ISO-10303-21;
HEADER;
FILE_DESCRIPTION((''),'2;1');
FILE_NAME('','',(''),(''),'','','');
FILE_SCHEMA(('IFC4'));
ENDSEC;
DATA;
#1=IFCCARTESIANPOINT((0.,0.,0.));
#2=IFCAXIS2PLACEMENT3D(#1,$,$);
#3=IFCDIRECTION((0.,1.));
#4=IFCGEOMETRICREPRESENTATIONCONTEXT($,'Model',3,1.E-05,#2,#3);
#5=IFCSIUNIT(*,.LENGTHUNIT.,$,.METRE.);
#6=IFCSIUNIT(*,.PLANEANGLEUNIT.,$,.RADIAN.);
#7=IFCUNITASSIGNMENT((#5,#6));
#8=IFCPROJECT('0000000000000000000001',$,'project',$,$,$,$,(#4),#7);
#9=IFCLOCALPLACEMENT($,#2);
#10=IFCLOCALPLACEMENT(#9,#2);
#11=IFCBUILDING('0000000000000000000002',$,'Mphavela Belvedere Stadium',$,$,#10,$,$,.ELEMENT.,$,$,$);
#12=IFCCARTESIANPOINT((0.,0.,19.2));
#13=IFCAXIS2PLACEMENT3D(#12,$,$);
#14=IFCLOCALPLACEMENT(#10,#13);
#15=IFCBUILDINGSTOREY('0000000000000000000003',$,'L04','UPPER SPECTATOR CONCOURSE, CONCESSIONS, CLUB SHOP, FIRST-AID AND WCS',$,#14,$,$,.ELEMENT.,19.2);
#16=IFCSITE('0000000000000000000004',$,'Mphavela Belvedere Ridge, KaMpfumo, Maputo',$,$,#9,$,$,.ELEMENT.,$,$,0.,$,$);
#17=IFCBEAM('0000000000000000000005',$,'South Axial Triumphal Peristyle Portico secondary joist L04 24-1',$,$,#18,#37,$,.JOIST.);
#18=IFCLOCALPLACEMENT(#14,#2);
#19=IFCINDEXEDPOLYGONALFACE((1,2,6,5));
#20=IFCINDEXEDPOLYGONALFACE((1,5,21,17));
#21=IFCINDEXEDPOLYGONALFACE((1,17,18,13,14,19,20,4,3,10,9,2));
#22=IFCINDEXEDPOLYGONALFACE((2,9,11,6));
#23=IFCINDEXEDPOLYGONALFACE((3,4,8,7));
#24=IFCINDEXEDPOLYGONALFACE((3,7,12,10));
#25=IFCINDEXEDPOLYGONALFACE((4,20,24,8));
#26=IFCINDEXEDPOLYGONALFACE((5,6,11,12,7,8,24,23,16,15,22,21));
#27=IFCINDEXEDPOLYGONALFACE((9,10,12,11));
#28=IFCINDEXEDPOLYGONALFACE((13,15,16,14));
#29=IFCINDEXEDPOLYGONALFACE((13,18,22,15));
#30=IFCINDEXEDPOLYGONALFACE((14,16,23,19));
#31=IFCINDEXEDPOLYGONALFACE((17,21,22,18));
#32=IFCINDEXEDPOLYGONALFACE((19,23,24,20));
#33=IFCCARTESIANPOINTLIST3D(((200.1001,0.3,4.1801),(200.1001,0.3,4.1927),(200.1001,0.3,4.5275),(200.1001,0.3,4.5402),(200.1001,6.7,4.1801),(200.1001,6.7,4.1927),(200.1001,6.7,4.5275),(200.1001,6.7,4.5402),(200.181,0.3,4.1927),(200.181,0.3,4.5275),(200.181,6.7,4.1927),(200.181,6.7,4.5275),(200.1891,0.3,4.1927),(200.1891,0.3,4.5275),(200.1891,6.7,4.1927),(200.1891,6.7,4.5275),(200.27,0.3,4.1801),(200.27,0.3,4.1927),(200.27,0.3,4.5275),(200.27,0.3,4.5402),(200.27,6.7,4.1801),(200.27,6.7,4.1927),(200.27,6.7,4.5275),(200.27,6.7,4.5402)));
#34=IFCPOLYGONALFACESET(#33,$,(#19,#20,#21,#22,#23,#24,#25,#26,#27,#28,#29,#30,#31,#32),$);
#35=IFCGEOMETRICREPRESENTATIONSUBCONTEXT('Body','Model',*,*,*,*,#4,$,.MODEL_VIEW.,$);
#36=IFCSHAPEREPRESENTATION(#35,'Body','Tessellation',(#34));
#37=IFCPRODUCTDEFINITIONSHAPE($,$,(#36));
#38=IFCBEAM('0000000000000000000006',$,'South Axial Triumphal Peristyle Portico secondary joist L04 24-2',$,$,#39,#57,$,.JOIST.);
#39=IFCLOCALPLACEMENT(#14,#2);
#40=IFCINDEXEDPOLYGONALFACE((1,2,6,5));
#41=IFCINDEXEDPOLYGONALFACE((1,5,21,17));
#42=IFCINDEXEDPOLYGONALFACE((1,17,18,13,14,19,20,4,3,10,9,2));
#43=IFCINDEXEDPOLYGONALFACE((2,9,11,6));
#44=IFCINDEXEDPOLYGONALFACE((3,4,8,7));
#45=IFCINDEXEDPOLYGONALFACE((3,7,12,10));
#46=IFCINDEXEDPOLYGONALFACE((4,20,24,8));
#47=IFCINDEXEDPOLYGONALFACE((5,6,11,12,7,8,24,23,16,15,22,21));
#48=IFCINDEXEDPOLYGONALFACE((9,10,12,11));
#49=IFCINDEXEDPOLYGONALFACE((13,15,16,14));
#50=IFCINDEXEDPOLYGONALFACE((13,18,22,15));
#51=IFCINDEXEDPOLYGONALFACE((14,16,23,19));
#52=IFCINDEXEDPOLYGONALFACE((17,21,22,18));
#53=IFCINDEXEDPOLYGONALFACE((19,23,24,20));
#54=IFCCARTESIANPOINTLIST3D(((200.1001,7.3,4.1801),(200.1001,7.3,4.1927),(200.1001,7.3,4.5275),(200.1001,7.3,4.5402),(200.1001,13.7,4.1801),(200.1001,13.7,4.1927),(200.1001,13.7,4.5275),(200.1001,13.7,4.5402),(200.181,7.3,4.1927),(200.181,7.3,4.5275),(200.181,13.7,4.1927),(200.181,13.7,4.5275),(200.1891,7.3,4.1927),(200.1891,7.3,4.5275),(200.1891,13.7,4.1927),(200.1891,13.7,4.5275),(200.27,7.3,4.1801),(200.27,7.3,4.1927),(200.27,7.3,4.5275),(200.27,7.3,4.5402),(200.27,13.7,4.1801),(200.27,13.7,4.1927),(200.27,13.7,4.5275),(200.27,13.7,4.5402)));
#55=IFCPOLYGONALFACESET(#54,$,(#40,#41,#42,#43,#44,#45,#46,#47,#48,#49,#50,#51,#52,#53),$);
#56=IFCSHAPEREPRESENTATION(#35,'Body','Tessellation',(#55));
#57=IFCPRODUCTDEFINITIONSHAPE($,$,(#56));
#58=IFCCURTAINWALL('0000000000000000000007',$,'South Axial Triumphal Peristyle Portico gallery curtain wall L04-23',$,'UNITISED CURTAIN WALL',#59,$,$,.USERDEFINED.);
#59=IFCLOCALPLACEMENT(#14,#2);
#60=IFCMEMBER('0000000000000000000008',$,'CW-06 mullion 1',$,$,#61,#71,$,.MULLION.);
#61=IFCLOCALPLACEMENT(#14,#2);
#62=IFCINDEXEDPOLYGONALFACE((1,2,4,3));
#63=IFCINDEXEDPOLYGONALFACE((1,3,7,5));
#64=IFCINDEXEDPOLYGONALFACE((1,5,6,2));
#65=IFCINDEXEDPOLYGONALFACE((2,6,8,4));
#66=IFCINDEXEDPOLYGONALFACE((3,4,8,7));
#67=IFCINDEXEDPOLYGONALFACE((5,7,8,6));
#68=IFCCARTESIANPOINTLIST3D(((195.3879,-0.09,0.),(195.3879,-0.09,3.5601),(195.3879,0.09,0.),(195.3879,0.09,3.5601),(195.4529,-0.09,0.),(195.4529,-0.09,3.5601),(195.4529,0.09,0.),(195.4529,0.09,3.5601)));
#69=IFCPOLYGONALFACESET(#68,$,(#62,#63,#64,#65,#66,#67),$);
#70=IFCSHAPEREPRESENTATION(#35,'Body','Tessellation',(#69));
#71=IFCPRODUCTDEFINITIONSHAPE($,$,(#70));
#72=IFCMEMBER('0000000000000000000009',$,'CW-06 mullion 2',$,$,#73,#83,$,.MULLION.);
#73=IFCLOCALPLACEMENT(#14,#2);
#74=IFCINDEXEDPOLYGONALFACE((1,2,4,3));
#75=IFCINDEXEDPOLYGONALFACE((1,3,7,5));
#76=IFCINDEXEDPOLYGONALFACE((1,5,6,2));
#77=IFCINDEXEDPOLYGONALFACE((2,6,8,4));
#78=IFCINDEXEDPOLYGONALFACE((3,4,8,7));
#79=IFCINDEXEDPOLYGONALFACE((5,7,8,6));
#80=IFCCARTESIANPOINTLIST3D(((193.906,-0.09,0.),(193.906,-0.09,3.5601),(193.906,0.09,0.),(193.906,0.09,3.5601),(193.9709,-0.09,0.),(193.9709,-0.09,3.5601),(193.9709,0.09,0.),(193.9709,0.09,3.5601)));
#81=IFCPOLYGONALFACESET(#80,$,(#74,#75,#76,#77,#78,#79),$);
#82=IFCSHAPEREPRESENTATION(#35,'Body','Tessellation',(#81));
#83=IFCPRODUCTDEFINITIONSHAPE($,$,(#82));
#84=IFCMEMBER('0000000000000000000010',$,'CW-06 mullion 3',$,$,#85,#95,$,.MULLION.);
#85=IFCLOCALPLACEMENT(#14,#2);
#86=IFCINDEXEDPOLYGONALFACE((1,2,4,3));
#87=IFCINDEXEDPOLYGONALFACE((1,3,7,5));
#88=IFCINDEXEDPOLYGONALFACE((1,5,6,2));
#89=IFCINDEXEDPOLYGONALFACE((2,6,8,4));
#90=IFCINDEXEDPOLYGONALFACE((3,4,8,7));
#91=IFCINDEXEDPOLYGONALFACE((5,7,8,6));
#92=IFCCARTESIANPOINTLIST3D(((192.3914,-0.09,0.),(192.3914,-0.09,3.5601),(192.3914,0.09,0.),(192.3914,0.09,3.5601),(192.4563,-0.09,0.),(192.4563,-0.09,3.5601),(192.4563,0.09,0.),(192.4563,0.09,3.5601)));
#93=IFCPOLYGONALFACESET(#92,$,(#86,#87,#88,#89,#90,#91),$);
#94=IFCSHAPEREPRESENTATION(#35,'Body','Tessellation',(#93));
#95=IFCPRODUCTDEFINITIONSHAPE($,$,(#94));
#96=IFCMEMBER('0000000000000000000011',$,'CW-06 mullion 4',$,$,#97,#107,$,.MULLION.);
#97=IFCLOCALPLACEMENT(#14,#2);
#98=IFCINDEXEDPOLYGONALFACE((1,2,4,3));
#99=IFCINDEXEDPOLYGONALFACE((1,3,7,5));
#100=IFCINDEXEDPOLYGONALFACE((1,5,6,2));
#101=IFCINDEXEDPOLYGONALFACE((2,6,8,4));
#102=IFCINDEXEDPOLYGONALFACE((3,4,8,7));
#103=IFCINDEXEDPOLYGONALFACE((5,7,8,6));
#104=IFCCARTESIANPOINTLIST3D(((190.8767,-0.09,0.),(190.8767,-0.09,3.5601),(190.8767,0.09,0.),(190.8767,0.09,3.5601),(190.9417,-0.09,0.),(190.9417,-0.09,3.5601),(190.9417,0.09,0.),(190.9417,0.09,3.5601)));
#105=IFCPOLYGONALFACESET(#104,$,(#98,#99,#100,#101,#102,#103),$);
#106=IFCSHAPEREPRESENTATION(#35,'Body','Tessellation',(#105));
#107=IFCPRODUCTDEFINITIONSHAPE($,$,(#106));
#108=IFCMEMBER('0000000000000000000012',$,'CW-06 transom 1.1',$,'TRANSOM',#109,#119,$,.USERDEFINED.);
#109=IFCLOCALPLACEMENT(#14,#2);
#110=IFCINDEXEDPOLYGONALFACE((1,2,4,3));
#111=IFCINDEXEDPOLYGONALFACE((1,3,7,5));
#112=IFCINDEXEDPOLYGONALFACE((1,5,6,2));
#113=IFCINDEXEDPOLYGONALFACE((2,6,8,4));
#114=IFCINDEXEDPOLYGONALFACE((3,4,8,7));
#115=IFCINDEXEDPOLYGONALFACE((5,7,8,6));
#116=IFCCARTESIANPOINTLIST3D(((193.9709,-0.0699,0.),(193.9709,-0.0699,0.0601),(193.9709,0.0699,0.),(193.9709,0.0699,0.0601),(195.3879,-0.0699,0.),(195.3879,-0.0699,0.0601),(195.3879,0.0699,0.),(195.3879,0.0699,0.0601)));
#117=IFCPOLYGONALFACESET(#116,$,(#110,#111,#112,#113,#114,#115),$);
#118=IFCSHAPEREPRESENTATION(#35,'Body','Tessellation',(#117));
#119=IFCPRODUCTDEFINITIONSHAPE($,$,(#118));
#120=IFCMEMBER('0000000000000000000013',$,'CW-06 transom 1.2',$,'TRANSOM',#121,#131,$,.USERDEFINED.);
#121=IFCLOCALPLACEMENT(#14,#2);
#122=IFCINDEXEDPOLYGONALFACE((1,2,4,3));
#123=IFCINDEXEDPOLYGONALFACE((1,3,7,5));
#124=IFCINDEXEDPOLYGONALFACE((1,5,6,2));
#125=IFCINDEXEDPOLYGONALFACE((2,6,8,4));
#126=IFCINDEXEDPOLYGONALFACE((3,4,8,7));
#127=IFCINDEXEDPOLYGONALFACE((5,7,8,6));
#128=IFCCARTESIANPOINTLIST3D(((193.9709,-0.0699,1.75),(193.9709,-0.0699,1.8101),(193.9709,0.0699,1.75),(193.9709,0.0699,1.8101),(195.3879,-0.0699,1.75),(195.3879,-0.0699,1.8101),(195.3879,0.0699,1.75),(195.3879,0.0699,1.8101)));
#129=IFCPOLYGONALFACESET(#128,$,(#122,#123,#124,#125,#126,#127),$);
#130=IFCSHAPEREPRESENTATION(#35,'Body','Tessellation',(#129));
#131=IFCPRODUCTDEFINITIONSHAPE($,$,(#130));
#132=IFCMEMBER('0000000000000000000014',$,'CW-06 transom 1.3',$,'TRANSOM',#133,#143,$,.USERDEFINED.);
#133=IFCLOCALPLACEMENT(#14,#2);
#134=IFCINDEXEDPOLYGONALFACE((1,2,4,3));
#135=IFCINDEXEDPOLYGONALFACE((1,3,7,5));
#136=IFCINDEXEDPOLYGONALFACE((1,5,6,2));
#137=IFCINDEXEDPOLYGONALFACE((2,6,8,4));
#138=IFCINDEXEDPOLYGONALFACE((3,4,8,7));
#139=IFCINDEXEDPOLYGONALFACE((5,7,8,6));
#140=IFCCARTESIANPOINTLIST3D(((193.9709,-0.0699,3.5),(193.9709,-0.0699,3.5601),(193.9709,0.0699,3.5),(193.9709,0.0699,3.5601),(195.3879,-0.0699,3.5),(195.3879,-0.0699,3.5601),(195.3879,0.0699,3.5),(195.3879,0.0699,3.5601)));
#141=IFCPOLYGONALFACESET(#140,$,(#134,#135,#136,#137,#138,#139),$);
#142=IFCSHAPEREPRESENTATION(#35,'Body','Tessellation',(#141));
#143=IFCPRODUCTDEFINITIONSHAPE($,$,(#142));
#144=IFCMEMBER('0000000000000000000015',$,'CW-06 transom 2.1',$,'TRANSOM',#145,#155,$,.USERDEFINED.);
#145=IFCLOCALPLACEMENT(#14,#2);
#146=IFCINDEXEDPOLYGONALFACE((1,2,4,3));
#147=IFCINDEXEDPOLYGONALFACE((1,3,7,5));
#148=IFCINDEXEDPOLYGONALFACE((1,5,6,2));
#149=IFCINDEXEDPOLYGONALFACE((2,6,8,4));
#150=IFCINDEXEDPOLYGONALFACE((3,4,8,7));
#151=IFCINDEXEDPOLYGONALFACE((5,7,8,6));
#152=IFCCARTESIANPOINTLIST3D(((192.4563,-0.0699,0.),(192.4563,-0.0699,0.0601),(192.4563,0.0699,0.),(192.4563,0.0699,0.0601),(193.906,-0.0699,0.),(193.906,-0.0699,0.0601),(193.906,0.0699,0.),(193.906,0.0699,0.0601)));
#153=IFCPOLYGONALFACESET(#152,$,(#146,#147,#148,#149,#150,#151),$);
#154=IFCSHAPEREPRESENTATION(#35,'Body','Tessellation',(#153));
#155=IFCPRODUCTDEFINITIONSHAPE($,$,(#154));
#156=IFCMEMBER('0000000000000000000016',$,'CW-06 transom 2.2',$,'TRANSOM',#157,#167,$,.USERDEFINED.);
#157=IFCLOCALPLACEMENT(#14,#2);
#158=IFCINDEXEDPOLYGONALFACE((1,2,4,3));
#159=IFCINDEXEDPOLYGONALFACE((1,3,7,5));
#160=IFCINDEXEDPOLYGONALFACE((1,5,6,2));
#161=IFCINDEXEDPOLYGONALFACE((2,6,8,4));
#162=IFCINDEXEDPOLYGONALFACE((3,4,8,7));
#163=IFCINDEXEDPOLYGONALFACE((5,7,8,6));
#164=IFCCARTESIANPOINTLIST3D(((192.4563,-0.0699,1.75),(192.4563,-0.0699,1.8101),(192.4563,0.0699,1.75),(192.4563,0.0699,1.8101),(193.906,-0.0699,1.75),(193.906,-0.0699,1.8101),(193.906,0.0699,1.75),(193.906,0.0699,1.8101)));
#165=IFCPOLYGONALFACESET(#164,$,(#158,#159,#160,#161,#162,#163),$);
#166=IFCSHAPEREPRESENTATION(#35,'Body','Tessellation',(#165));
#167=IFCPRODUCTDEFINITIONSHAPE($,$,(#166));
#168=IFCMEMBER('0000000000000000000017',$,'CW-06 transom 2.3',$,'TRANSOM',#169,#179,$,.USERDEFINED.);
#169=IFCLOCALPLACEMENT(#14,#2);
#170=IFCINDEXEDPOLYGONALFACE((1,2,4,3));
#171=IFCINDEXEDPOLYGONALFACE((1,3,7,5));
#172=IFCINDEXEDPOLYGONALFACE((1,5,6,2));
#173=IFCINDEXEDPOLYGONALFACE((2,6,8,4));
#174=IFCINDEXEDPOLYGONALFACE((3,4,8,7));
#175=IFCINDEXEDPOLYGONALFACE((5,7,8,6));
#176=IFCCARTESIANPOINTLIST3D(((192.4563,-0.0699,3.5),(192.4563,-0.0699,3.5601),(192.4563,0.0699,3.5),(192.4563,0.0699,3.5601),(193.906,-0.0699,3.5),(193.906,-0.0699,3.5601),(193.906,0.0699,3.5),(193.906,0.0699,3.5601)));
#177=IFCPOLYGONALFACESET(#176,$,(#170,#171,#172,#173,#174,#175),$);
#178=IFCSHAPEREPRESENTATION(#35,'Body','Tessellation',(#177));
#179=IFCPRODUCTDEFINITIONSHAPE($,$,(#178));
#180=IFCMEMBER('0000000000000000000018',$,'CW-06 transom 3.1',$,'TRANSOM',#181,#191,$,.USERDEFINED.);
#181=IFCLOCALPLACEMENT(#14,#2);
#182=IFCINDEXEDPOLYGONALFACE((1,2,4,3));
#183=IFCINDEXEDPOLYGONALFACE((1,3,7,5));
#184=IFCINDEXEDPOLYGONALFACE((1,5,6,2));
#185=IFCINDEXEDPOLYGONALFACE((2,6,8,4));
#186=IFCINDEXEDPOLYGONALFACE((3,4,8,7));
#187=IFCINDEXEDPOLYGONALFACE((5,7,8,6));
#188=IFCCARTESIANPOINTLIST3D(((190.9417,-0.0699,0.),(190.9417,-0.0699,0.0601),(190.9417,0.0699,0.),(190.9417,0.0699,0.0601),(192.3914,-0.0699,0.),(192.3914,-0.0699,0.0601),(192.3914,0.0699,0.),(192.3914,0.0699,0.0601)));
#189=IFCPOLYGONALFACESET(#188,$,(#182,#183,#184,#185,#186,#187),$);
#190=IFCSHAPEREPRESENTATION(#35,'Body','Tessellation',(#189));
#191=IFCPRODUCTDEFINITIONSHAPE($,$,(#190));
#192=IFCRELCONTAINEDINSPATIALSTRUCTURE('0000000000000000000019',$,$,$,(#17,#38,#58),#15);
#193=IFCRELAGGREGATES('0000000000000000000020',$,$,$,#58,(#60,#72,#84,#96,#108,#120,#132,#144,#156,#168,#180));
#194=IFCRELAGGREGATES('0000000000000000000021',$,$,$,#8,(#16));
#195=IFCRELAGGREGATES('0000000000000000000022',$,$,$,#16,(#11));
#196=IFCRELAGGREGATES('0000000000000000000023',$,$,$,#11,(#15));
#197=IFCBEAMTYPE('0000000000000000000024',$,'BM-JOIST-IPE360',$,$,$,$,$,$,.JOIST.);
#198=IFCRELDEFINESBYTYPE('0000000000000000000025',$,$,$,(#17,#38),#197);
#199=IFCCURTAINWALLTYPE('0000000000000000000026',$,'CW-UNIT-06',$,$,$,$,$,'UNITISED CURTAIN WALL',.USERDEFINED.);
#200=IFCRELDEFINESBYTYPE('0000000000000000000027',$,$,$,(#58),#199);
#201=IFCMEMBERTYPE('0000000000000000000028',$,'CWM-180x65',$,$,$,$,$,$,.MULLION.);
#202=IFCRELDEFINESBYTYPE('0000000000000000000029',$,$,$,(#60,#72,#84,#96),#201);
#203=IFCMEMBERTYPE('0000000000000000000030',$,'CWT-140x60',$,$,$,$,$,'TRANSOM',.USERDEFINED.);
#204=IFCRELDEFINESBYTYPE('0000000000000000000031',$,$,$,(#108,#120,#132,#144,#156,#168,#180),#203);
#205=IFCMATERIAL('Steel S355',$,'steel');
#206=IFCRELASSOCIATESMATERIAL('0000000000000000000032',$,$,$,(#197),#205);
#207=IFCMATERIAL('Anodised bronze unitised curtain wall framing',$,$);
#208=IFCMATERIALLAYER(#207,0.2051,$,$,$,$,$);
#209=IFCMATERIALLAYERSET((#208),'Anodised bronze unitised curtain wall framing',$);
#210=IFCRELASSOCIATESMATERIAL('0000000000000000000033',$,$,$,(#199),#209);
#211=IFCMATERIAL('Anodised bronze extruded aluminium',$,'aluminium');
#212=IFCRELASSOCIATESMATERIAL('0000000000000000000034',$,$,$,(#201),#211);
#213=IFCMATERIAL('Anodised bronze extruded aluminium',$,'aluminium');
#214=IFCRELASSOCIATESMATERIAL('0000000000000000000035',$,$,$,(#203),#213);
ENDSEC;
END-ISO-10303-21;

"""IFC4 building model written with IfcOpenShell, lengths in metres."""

from ifc_helpers import new_model, si_unit, direction, frame, origin, origin_2d, place, context, subcontext, project, spatial, rectangle, i_section, extrude, material, layer, layer_set, material_profile, profile_set, type_object, element, aggregate, save


model = new_model("IFC4")

# Units and contexts
model_context = context("Model", 3, precision=1e-05, world=origin(), true_north=direction((0.0, 1.0)))
body_context = subcontext(model_context, "Body", "Model", "MODEL_VIEW")
ifc_project = project(units=[si_unit("LENGTHUNIT", "METRE"), si_unit("PLANEANGLEUNIT", "RADIAN")], contexts=[model_context])

# Site, building, storey
site_placement = place(None, origin())
site = spatial("IfcSite", under=ifc_project, at=site_placement, Name="Mphavela Belvedere Ridge, KaMpfumo, Maputo", CompositionType="ELEMENT", RefElevation=0.0)
building_placement = place(site_placement, origin())
building = spatial("IfcBuilding", under=site, at=building_placement, Name="Mphavela Belvedere Stadium", CompositionType="ELEMENT")
storey_placement = place(building_placement, frame((0.0, 0.0, 19.2)))
storey = spatial("IfcBuildingStorey", under=building, at=storey_placement, Name="L04", Description="UPPER SPECTATOR CONCOURSE, CONCESSIONS, CLUB SHOP, FIRST-AID AND WCS", CompositionType="ELEMENT", Elevation=19.2)

# Beams
ifc_material_1 = material(Name="Steel S355", Category="steel")
ifc_material_profile_1 = material_profile(ifc_material_1, i_section(OverallWidth=0.1699, OverallDepth=0.3601, WebThickness=0.0081, FlangeThickness=0.0127, at=origin_2d()), Name="IPE 360")
ifc_profile_set_1 = profile_set([ifc_material_profile_1], Name="Steel S355")
beam_type_1 = type_object("IfcBeamType", Name="BM-JOIST-IPE360", PredefinedType="JOIST", material=ifc_profile_set_1)
for number, where, z_axis, x_axis, name in (
    (1, (200.1851, 0.3, 4.3601), (0.0, 1.0, 0.0), (-1.0, 0.0, 0.0), "South Axial Triumphal Peristyle Portico secondary joist L04 24-1"),
    (2, (200.1851, 7.3, 4.3601), (0.0, 1.0, 0.0), (-1.0, 0.0, 0.0), "South Axial Triumphal Peristyle Portico secondary joist L04 24-2"),
):
    element("IfcBeam", number, at=place(storey_placement, frame(where, z_axis=z_axis, x_axis=x_axis)), inside=storey, type_object=beam_type_1, Name=name, PredefinedType="JOIST", context=body_context, shape_type="SweptSolid", body=[
        extrude(i_section(OverallWidth=0.1699, OverallDepth=0.3601, WebThickness=0.0081, FlangeThickness=0.0127, at=origin_2d()), origin(), (0.0, 0.0, 1.0), 6.3999),
    ])

# Curtain wall, members
ifc_material_2 = material(Name="Anodised bronze unitised curtain wall framing")
ifc_layer_1 = layer(ifc_material_2, 0.2051)
ifc_layer_set_1 = layer_set([ifc_layer_1], Name="Anodised bronze unitised curtain wall framing")
curtain_wall_type = type_object("IfcCurtainWallType", Name="CW-UNIT-06", ElementType="UNITISED CURTAIN WALL", PredefinedType="USERDEFINED", material=ifc_layer_set_1)
curtain_wall_placement = place(storey_placement, origin())
curtain_wall = element("IfcCurtainWall", 3, at=curtain_wall_placement, inside=storey, type_object=curtain_wall_type, Name="South Axial Triumphal Peristyle Portico gallery curtain wall L04-23", ObjectType="UNITISED CURTAIN WALL", PredefinedType="USERDEFINED")
ifc_material_3 = material(Name="Anodised bronze extruded aluminium", Category="aluminium")
ifc_material_profile_2 = material_profile(ifc_material_3, rectangle(XDim=0.1799, YDim=0.0649, at=origin_2d()), Name="CW-MUL 180x65")
ifc_profile_set_2 = profile_set([ifc_material_profile_2], Name="Anodised bronze extruded aluminium")
member_type_1 = type_object("IfcMemberType", Name="CWM-180x65", PredefinedType="MULLION", material=ifc_profile_set_2)
member_1_placement = place(storey_placement, frame((195.4204, 0.0, 0.0), z_axis=(0.0, 0.0, 1.0), x_axis=(0.0, -1.0, 0.0)))
member_1 = element("IfcMember", 4, at=member_1_placement, type_object=member_type_1, Name="CW-06 mullion 1", PredefinedType="MULLION", context=body_context, shape_type="SweptSolid", body=[
    extrude(rectangle(XDim=0.1799, YDim=0.0649, at=origin_2d()), origin(), (0.0, 0.0, 1.0), 3.5601),
])
member_2_placement = place(storey_placement, frame((193.9385, 0.0, 0.0), z_axis=(0.0, 0.0, 1.0), x_axis=(0.0, -1.0, 0.0)))
member_2 = element("IfcMember", 5, at=member_2_placement, type_object=member_type_1, Name="CW-06 mullion 2", PredefinedType="MULLION", context=body_context, shape_type="SweptSolid", body=[
    extrude(rectangle(XDim=0.1799, YDim=0.0649, at=origin_2d()), origin(), (0.0, 0.0, 1.0), 3.5601),
])
member_3_placement = place(storey_placement, frame((192.4238, 0.0, 0.0), z_axis=(0.0, 0.0, 1.0), x_axis=(0.0, -1.0, 0.0)))
member_3 = element("IfcMember", 6, at=member_3_placement, type_object=member_type_1, Name="CW-06 mullion 3", PredefinedType="MULLION", context=body_context, shape_type="SweptSolid", body=[
    extrude(rectangle(XDim=0.1799, YDim=0.0649, at=origin_2d()), origin(), (0.0, 0.0, 1.0), 3.5601),
])
member_4_placement = place(storey_placement, frame((190.9092, 0.0, 0.0), z_axis=(0.0, 0.0, 1.0), x_axis=(0.0, -1.0, 0.0)))
member_4 = element("IfcMember", 7, at=member_4_placement, type_object=member_type_1, Name="CW-06 mullion 4", PredefinedType="MULLION", context=body_context, shape_type="SweptSolid", body=[
    extrude(rectangle(XDim=0.1799, YDim=0.0649, at=origin_2d()), origin(), (0.0, 0.0, 1.0), 3.5601),
])
ifc_material_4 = material(Name="Anodised bronze extruded aluminium", Category="aluminium")
ifc_material_profile_3 = material_profile(ifc_material_4, rectangle(XDim=0.1399, YDim=0.0601, at=origin_2d()), Name="CW-TRN 140x60")
ifc_profile_set_3 = profile_set([ifc_material_profile_3], Name="Anodised bronze extruded aluminium")
member_type_2 = type_object("IfcMemberType", Name="CWT-140x60", ElementType="TRANSOM", PredefinedType="USERDEFINED", material=ifc_profile_set_3)
member_5_placement = place(storey_placement, frame((195.3879, 0.0, 0.03), z_axis=(-1.0, 0.0, 0.0), x_axis=(0.0, -1.0, 0.0)))
member_5 = element("IfcMember", 8, at=member_5_placement, type_object=member_type_2, Name="CW-06 transom 1.1", ObjectType="TRANSOM", PredefinedType="USERDEFINED", context=body_context, shape_type="SweptSolid", body=[
    extrude(rectangle(XDim=0.1399, YDim=0.0601, at=origin_2d()), origin(), (0.0, 0.0, 1.0), 1.417),
])
member_6_placement = place(storey_placement, frame((195.3879, 0.0, 1.78), z_axis=(-1.0, 0.0, 0.0), x_axis=(0.0, -1.0, 0.0)))
member_6 = element("IfcMember", 9, at=member_6_placement, type_object=member_type_2, Name="CW-06 transom 1.2", ObjectType="TRANSOM", PredefinedType="USERDEFINED", context=body_context, shape_type="SweptSolid", body=[
    extrude(rectangle(XDim=0.1399, YDim=0.0601, at=origin_2d()), origin(), (0.0, 0.0, 1.0), 1.417),
])
member_7_placement = place(storey_placement, frame((195.3879, 0.0, 3.53), z_axis=(-1.0, 0.0, 0.0), x_axis=(0.0, -1.0, 0.0)))
member_7 = element("IfcMember", 10, at=member_7_placement, type_object=member_type_2, Name="CW-06 transom 1.3", ObjectType="TRANSOM", PredefinedType="USERDEFINED", context=body_context, shape_type="SweptSolid", body=[
    extrude(rectangle(XDim=0.1399, YDim=0.0601, at=origin_2d()), origin(), (0.0, 0.0, 1.0), 1.417),
])
member_8_placement = place(storey_placement, frame((193.906, 0.0, 0.03), z_axis=(-1.0, 0.0, 0.0), x_axis=(0.0, -1.0, 0.0)))
member_8 = element("IfcMember", 11, at=member_8_placement, type_object=member_type_2, Name="CW-06 transom 2.1", ObjectType="TRANSOM", PredefinedType="USERDEFINED", context=body_context, shape_type="SweptSolid", body=[
    extrude(rectangle(XDim=0.1399, YDim=0.0601, at=origin_2d()), origin(), (0.0, 0.0, 1.0), 1.4497),
])
member_9_placement = place(storey_placement, frame((193.906, 0.0, 1.78), z_axis=(-1.0, 0.0, 0.0), x_axis=(0.0, -1.0, 0.0)))
member_9 = element("IfcMember", 12, at=member_9_placement, type_object=member_type_2, Name="CW-06 transom 2.2", ObjectType="TRANSOM", PredefinedType="USERDEFINED", context=body_context, shape_type="SweptSolid", body=[
    extrude(rectangle(XDim=0.1399, YDim=0.0601, at=origin_2d()), origin(), (0.0, 0.0, 1.0), 1.4497),
])
member_10_placement = place(storey_placement, frame((193.906, 0.0, 3.53), z_axis=(-1.0, 0.0, 0.0), x_axis=(0.0, -1.0, 0.0)))
member_10 = element("IfcMember", 13, at=member_10_placement, type_object=member_type_2, Name="CW-06 transom 2.3", ObjectType="TRANSOM", PredefinedType="USERDEFINED", context=body_context, shape_type="SweptSolid", body=[
    extrude(rectangle(XDim=0.1399, YDim=0.0601, at=origin_2d()), origin(), (0.0, 0.0, 1.0), 1.4497),
])
member_11_placement = place(storey_placement, frame((192.3914, 0.0, 0.03), z_axis=(-1.0, 0.0, 0.0), x_axis=(0.0, -1.0, 0.0)))
member_11 = element("IfcMember", 14, at=member_11_placement, type_object=member_type_2, Name="CW-06 transom 3.1", ObjectType="TRANSOM", PredefinedType="USERDEFINED", context=body_context, shape_type="SweptSolid", body=[
    extrude(rectangle(XDim=0.1399, YDim=0.0601, at=origin_2d()), origin(), (0.0, 0.0, 1.0), 1.4497),
])
aggregate(curtain_wall, [member_1, member_2, member_3, member_4, member_5, member_6, member_7, member_8, member_9, member_10, member_11])

save(model, "model.ifc")
